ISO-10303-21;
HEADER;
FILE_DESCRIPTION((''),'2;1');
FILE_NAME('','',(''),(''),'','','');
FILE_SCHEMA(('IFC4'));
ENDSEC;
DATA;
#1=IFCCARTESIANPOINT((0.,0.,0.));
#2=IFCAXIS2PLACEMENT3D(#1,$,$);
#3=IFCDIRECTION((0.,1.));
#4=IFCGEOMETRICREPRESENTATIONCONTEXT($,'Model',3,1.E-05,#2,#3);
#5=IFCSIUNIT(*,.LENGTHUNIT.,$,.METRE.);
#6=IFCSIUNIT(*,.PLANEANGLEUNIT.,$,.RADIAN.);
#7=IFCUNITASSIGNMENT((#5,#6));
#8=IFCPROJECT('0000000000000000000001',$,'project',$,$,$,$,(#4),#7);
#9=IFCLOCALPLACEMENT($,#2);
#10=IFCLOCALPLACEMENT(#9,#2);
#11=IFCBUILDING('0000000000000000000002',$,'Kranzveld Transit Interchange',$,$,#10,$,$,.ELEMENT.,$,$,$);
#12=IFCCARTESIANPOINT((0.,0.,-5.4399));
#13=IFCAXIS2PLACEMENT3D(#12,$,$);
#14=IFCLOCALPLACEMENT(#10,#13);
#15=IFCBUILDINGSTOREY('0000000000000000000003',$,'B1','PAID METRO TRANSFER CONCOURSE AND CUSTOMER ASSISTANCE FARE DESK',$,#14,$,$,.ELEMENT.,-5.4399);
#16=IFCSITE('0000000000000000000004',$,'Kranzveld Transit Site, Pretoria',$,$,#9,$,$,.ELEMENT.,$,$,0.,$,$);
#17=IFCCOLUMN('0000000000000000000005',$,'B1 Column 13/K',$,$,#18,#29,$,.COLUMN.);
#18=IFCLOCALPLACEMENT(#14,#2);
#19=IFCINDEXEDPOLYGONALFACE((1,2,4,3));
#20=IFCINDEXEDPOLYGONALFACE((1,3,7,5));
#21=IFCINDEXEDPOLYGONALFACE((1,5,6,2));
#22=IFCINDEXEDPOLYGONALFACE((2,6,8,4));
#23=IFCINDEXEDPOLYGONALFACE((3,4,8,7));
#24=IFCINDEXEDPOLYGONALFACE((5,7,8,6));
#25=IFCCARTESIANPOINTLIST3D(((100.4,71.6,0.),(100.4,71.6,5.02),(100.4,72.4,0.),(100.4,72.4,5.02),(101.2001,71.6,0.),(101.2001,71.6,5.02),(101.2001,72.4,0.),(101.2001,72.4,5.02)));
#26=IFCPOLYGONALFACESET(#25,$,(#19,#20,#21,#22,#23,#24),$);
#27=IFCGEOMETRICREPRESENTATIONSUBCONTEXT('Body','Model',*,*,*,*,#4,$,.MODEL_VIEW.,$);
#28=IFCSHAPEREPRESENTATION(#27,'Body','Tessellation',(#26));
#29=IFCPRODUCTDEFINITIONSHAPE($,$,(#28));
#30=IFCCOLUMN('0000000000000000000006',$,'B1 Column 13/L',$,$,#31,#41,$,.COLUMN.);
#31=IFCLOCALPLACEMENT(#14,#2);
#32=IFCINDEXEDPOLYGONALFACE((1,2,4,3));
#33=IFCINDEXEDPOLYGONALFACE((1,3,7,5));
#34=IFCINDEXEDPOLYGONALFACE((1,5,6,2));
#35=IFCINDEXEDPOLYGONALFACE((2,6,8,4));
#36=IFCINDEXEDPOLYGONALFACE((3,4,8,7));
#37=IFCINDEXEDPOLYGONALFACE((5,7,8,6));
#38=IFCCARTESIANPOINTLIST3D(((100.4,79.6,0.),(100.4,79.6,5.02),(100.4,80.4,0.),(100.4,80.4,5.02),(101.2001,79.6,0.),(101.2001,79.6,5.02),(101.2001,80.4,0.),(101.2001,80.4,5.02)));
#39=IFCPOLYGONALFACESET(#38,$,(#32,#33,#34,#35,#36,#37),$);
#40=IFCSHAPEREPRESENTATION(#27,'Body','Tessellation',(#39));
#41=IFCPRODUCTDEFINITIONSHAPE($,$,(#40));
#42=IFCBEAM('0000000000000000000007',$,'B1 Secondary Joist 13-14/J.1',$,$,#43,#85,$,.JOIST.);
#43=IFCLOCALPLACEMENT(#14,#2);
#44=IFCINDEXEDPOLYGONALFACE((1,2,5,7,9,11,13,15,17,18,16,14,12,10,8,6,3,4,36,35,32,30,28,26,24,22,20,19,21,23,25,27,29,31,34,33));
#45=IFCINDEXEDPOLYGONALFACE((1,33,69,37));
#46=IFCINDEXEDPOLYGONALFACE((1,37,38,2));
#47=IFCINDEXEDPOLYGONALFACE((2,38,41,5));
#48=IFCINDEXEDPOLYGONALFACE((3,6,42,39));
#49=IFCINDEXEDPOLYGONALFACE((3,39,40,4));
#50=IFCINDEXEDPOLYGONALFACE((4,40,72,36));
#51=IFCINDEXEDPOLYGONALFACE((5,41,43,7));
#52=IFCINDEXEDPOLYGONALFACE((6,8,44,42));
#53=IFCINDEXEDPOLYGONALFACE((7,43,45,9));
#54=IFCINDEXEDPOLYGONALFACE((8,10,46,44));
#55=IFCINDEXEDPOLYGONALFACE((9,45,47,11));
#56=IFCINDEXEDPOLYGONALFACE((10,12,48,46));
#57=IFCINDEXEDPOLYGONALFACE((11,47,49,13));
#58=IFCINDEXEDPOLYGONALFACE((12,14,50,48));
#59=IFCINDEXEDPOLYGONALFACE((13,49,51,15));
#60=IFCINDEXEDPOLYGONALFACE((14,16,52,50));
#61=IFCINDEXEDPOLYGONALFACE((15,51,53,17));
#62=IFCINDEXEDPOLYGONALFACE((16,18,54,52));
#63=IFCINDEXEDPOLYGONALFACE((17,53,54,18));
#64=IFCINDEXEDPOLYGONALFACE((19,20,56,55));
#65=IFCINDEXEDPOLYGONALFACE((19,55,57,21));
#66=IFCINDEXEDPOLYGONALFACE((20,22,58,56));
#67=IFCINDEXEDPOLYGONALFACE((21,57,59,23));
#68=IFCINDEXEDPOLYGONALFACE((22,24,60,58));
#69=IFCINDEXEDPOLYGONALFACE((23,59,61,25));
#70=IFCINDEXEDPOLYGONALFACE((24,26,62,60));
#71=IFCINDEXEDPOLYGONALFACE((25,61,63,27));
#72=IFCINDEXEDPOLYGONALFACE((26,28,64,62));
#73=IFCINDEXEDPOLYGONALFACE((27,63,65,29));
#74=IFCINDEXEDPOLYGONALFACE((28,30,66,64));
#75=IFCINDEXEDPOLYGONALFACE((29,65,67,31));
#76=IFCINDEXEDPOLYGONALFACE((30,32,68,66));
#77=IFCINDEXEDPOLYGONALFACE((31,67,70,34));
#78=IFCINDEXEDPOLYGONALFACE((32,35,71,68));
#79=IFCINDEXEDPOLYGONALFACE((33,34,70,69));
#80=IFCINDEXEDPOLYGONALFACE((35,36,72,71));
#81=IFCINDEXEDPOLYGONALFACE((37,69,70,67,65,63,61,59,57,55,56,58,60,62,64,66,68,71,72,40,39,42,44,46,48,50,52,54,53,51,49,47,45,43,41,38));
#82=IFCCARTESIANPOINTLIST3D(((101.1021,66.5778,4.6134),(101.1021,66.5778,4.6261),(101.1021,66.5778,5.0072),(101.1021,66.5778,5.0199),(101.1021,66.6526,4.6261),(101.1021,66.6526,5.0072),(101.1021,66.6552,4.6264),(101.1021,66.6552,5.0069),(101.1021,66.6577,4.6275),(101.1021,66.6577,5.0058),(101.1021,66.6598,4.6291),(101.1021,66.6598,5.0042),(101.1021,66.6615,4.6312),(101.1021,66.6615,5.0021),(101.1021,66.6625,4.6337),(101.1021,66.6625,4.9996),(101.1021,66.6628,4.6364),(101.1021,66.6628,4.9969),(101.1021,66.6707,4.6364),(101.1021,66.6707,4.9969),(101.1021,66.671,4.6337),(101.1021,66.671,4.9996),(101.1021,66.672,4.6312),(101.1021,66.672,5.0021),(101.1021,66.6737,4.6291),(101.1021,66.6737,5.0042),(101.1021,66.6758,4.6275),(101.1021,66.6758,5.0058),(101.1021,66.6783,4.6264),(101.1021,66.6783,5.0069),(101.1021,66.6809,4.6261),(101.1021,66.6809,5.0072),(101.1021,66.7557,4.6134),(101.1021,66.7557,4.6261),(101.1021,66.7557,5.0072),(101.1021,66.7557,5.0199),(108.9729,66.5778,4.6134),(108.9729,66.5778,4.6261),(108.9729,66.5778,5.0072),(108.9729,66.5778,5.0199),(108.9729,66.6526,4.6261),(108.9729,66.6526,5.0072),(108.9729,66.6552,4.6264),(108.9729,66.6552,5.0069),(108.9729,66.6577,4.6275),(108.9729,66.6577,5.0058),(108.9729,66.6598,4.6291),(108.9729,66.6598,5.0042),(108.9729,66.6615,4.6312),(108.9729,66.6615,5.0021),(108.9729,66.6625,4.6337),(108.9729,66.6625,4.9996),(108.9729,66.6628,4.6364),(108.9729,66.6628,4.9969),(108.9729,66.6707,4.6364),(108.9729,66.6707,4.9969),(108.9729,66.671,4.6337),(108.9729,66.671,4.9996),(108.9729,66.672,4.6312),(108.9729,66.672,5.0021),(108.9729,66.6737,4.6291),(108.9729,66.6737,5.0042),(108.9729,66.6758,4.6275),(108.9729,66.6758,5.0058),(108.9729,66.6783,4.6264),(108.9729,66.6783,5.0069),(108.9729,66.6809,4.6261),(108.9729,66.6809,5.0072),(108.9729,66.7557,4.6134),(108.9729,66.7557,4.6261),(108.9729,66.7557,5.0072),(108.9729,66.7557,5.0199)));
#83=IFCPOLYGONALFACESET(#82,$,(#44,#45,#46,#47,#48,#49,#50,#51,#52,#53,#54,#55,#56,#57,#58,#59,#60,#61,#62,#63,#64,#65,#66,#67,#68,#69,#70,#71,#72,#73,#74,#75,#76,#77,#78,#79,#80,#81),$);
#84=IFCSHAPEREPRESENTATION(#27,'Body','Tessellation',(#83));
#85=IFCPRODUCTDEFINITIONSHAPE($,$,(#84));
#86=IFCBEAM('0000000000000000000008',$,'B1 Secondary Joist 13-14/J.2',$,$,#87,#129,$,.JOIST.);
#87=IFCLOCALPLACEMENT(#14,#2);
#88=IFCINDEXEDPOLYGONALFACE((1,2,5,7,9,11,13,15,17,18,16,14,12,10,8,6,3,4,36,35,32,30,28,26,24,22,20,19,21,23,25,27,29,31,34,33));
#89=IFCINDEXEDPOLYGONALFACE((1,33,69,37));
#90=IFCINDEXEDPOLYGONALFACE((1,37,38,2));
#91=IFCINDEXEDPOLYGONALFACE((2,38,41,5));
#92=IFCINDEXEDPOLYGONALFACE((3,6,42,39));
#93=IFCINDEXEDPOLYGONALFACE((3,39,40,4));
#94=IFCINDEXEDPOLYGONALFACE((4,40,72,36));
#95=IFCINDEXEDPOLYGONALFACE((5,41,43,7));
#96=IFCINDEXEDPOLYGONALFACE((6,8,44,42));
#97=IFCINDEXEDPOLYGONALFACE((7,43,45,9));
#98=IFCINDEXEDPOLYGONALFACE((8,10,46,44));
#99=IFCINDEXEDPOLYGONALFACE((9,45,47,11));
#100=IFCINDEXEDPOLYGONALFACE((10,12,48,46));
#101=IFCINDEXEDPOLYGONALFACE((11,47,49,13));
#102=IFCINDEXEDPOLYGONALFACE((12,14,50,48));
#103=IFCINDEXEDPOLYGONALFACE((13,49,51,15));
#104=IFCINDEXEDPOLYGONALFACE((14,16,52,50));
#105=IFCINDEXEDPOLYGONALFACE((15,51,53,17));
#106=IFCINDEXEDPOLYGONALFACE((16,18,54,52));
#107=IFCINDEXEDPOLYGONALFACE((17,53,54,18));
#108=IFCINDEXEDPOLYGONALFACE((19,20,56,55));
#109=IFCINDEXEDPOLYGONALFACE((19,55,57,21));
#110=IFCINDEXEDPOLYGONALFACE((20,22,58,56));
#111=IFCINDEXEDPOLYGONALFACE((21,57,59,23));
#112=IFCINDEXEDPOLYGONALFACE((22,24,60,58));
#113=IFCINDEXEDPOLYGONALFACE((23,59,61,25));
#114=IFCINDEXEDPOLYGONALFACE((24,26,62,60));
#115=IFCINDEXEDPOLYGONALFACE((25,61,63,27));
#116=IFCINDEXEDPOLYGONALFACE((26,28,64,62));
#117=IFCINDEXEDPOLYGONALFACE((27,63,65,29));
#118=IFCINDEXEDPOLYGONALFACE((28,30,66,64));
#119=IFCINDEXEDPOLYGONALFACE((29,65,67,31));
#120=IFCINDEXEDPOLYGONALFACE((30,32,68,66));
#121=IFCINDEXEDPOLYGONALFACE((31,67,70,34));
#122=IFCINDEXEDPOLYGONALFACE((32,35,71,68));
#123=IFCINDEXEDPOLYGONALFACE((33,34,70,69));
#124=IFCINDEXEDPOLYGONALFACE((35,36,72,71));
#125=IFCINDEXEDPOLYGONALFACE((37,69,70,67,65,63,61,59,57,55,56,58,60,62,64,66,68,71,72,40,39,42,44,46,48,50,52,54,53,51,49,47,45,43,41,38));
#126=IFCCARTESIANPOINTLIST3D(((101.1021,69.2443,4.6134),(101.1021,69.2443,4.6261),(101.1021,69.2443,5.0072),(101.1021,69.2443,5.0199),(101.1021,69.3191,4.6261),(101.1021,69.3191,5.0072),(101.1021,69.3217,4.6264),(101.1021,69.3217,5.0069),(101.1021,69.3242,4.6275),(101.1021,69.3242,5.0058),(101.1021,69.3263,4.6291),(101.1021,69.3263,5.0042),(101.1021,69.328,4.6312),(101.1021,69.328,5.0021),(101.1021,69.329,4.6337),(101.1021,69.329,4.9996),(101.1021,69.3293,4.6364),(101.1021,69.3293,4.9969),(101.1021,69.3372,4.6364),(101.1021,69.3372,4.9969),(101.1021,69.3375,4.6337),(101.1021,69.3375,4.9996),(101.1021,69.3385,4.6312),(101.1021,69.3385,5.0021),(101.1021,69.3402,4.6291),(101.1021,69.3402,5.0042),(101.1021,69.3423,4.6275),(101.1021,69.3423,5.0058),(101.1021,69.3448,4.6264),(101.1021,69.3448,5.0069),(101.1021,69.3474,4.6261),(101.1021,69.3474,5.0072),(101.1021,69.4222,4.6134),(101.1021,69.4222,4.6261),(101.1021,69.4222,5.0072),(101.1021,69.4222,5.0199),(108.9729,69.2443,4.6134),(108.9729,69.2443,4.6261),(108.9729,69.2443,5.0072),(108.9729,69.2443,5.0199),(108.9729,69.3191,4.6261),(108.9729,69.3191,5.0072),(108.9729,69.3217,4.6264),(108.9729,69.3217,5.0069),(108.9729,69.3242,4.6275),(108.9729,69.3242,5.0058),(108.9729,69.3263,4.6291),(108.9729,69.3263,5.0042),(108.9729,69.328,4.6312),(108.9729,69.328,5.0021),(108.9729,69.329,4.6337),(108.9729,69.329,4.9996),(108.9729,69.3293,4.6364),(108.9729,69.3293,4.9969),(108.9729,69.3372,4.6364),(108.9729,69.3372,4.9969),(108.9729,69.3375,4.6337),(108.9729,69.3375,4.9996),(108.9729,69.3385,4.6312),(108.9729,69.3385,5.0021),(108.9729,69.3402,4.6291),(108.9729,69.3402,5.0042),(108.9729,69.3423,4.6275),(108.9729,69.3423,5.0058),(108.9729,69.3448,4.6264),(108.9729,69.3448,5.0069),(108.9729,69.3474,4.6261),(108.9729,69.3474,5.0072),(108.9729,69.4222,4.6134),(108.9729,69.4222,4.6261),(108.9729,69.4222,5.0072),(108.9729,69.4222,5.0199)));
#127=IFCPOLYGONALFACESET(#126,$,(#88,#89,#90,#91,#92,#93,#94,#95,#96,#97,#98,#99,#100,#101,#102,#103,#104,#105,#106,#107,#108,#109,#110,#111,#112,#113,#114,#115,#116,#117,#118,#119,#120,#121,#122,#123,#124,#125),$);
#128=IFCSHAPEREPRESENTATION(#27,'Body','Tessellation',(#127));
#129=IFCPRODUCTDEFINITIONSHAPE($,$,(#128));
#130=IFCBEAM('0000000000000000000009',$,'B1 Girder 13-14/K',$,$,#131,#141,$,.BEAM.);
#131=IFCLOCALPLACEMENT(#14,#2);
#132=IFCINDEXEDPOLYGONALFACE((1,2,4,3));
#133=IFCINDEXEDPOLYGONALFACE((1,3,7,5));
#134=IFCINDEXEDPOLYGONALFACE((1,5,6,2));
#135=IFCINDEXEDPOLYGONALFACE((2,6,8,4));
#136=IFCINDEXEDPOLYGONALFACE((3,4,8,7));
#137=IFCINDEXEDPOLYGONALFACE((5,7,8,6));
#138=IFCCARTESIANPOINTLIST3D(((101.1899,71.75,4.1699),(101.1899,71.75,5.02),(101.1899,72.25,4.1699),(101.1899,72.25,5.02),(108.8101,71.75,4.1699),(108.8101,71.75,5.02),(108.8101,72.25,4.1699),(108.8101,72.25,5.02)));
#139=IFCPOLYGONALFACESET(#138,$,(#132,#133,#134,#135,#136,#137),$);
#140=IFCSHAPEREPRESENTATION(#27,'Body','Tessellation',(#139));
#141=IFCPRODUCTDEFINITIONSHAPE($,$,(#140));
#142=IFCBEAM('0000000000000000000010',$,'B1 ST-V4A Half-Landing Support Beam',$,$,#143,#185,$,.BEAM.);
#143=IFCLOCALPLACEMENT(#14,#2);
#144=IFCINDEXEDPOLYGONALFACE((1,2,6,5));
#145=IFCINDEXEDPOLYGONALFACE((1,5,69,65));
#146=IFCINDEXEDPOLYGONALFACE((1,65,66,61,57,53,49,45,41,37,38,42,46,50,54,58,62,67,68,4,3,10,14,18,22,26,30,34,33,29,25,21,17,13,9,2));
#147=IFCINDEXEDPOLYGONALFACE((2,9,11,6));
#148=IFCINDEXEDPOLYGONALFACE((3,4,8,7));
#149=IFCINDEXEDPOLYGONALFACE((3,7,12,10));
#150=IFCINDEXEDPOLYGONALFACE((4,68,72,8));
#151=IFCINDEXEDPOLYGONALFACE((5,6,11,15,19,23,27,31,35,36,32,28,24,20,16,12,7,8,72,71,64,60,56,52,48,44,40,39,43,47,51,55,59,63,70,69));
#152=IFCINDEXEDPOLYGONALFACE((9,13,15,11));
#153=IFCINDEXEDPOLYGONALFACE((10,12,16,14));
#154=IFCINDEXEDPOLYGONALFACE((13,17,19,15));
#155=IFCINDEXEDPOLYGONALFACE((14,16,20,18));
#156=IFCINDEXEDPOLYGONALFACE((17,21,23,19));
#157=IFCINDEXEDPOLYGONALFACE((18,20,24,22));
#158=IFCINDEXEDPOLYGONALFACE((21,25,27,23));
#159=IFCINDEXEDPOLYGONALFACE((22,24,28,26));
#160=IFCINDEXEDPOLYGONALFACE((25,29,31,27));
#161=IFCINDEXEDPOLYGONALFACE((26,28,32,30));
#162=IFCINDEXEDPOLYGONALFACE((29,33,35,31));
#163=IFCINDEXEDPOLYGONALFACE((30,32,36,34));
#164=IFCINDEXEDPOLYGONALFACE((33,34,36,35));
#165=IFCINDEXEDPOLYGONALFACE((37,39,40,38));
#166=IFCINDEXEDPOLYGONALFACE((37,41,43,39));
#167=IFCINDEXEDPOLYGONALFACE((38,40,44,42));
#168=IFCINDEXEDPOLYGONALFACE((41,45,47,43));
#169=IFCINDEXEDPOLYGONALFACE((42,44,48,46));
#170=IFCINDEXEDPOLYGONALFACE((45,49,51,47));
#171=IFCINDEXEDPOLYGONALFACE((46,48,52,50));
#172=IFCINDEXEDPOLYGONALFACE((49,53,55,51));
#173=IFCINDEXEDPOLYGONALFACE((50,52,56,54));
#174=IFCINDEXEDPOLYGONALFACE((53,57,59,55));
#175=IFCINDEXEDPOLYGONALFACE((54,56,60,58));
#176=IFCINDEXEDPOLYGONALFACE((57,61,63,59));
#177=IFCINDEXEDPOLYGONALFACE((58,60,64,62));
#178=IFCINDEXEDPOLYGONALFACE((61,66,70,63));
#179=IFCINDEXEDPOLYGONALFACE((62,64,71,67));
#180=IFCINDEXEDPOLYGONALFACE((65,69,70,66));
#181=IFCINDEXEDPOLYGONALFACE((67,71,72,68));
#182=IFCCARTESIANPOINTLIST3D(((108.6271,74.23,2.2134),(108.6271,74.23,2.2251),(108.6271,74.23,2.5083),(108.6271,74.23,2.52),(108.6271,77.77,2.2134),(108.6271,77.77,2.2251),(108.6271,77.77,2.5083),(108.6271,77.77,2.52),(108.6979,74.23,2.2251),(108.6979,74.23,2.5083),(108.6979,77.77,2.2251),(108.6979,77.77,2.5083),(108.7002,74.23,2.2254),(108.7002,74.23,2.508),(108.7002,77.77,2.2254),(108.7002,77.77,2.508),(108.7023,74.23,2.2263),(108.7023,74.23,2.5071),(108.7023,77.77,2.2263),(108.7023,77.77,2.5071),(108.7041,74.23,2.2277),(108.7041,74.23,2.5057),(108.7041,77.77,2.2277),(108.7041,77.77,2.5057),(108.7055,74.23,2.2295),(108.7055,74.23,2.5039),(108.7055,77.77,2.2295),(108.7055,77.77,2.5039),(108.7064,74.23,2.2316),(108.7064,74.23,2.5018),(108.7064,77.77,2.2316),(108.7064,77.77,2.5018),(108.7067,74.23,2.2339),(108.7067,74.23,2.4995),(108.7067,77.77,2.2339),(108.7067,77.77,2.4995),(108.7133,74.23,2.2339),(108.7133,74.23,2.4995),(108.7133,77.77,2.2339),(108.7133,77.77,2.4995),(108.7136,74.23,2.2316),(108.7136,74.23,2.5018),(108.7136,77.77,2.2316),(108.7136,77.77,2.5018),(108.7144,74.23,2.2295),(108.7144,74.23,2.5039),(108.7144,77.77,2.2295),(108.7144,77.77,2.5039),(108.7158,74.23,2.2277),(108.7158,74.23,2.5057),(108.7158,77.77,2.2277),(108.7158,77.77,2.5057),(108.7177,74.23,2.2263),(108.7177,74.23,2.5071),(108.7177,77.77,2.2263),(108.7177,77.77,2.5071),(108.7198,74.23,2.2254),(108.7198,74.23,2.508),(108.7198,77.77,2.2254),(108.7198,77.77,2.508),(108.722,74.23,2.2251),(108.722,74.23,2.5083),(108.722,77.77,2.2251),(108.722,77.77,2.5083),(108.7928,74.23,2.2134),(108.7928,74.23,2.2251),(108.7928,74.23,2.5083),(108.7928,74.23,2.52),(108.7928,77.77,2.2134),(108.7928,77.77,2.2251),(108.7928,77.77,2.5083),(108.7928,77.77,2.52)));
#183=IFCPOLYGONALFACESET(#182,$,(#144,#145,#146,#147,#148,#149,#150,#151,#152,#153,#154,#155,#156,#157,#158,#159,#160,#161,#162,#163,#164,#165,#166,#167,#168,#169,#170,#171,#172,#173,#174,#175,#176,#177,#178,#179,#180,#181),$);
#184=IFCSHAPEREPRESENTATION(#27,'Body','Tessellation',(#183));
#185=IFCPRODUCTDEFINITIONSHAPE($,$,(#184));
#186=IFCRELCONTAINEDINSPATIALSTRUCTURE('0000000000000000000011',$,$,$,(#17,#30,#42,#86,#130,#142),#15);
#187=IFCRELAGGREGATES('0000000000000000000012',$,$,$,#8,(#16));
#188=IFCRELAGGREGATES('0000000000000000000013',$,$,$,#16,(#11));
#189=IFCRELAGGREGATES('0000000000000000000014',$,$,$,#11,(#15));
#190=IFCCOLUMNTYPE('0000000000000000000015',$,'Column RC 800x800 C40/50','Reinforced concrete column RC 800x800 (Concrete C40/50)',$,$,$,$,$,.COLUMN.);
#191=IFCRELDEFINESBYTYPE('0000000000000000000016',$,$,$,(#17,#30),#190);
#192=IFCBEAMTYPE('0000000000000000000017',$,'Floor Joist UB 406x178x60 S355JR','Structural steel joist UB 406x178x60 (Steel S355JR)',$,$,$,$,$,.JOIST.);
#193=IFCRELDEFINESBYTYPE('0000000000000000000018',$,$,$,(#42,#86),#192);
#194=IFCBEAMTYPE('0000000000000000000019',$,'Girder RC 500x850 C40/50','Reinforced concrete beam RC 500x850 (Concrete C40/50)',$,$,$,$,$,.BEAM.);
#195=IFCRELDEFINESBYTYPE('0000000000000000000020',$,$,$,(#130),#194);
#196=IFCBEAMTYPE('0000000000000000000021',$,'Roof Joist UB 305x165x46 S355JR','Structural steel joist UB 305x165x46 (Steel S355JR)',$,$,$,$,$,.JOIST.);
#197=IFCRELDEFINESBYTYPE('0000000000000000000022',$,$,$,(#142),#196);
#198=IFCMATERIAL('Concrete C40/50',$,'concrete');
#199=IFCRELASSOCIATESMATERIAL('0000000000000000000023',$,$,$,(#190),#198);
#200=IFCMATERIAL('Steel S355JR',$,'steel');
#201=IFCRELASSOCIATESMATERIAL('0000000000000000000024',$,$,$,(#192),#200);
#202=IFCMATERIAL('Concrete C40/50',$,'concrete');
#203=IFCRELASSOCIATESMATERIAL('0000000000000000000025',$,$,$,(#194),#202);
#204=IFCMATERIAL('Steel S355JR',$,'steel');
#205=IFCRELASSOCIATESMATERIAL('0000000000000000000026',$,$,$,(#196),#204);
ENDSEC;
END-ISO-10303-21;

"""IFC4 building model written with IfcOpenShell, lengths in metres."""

from ifc_helpers import new_model, si_unit, direction, frame, origin, origin_2d, place, context, subcontext, project, spatial, rectangle, i_section, extrude, material, material_profile, profile_set, type_object, element, save


model = new_model("IFC4")

# Units and contexts
model_context = context("Model", 3, precision=1e-05, world=origin(), true_north=direction((0.0, 1.0)))
body_context = subcontext(model_context, "Body", "Model", "MODEL_VIEW")
ifc_project = project(units=[si_unit("LENGTHUNIT", "METRE"), si_unit("PLANEANGLEUNIT", "RADIAN")], contexts=[model_context])

# Site, building, storey
site_placement = place(None, origin())
site = spatial("IfcSite", under=ifc_project, at=site_placement, Name="Kranzveld Transit Site, Pretoria", CompositionType="ELEMENT", RefElevation=0.0)
building_placement = place(site_placement, origin())
building = spatial("IfcBuilding", under=site, at=building_placement, Name="Kranzveld Transit Interchange", CompositionType="ELEMENT")
storey_placement = place(building_placement, frame((0.0, 0.0, -5.4399)))
storey = spatial("IfcBuildingStorey", under=building, at=storey_placement, Name="B1", Description="PAID METRO TRANSFER CONCOURSE AND CUSTOMER ASSISTANCE FARE DESK", CompositionType="ELEMENT", Elevation=-5.4399)

# Columns
ifc_material_1 = material(Name="Concrete C40/50", Category="concrete")
ifc_material_profile_1 = material_profile(ifc_material_1, rectangle(XDim=0.8, YDim=0.8, at=origin_2d()), Name="RC 800x800")
ifc_profile_set_1 = profile_set([ifc_material_profile_1], Name="Concrete C40/50")
column_type = type_object("IfcColumnType", Name="Column RC 800x800 C40/50", Description="Reinforced concrete column RC 800x800 (Concrete C40/50)", PredefinedType="COLUMN", material=ifc_profile_set_1)
for number, where, z_axis, x_axis, name in (
    (1, (100.8, 72.0, 0.0), (0.0, 0.0, 1.0), (1.0, 0.0, 0.0), "B1 Column 13/K"),
    (2, (100.8, 80.0, 0.0), (0.0, 0.0, 1.0), (1.0, 0.0, 0.0), "B1 Column 13/L"),
):
    element("IfcColumn", number, at=place(storey_placement, frame(where, z_axis=z_axis, x_axis=x_axis)), inside=storey, type_object=column_type, Name=name, PredefinedType="COLUMN", context=body_context, shape_type="SweptSolid", body=[
        extrude(rectangle(XDim=0.8, YDim=0.8, at=origin_2d()), origin(), (0.0, 0.0, 1.0), 5.02),
    ])

# Beams
ifc_material_2 = material(Name="Steel S355JR", Category="steel")
ifc_material_profile_2 = material_profile(ifc_material_2, i_section(OverallWidth=0.178, OverallDepth=0.4065, WebThickness=0.0078, FlangeThickness=0.0127, FilletRadius=0.0103, at=origin_2d()), Name="UB 406x178x60")
ifc_profile_set_2 = profile_set([ifc_material_profile_2], Name="Steel S355JR")
beam_type_1 = type_object("IfcBeamType", Name="Floor Joist UB 406x178x60 S355JR", Description="Structural steel joist UB 406x178x60 (Steel S355JR)", PredefinedType="JOIST", material=ifc_profile_set_2)
for number, where, z_axis, x_axis, name in (
    (3, (101.1021, 66.6667, 4.8167), (1.0, 0.0, 0.0), (0.0, 1.0, 0.0), "B1 Secondary Joist 13-14/J.1"),
    (4, (101.1021, 69.3333, 4.8167), (1.0, 0.0, 0.0), (0.0, 1.0, 0.0), "B1 Secondary Joist 13-14/J.2"),
):
    element("IfcBeam", number, at=place(storey_placement, frame(where, z_axis=z_axis, x_axis=x_axis)), inside=storey, type_object=beam_type_1, Name=name, PredefinedType="JOIST", context=body_context, shape_type="SweptSolid", body=[
        extrude(i_section(OverallWidth=0.178, OverallDepth=0.4065, WebThickness=0.0078, FlangeThickness=0.0127, FilletRadius=0.0103, at=origin_2d()), origin(), (0.0, 0.0, 1.0), 7.8708),
    ])
ifc_material_3 = material(Name="Concrete C40/50", Category="concrete")
ifc_material_profile_3 = material_profile(ifc_material_3, rectangle(XDim=0.5, YDim=0.8501, at=origin_2d()), Name="RC 500x850")
ifc_profile_set_3 = profile_set([ifc_material_profile_3], Name="Concrete C40/50")
beam_type_2 = type_object("IfcBeamType", Name="Girder RC 500x850 C40/50", Description="Reinforced concrete beam RC 500x850 (Concrete C40/50)", PredefinedType="BEAM", material=ifc_profile_set_3)
beam_1_placement = place(storey_placement, frame((101.1899, 72.0, 4.595), z_axis=(1.0, 0.0, 0.0), x_axis=(0.0, 1.0, 0.0)))
element("IfcBeam", 5, at=beam_1_placement, inside=storey, type_object=beam_type_2, Name="B1 Girder 13-14/K", PredefinedType="BEAM", context=body_context, shape_type="SweptSolid", body=[
    extrude(rectangle(XDim=0.5, YDim=0.8501, at=origin_2d()), origin(), (0.0, 0.0, 1.0), 7.6201),
])
ifc_material_4 = material(Name="Steel S355JR", Category="steel")
ifc_material_profile_4 = material_profile(ifc_material_4, i_section(OverallWidth=0.1658, OverallDepth=0.3066, WebThickness=0.0066, FlangeThickness=0.0117, FilletRadius=0.0088, at=origin_2d()), Name="UB 305x165x46")
ifc_profile_set_4 = profile_set([ifc_material_profile_4], Name="Steel S355JR")
beam_type_3 = type_object("IfcBeamType", Name="Roof Joist UB 305x165x46 S355JR", Description="Structural steel joist UB 305x165x46 (Steel S355JR)", PredefinedType="JOIST", material=ifc_profile_set_4)
beam_2_placement = place(storey_placement, frame((108.71, 74.23, 2.3667), z_axis=(0.0, 1.0, 0.0), x_axis=(-1.0, 0.0, 0.0)))
element("IfcBeam", 6, at=beam_2_placement, inside=storey, type_object=beam_type_3, Name="B1 ST-V4A Half-Landing Support Beam", PredefinedType="BEAM", context=body_context, shape_type="SweptSolid", body=[
    extrude(i_section(OverallWidth=0.1658, OverallDepth=0.3066, WebThickness=0.0066, FlangeThickness=0.0117, FilletRadius=0.0088, at=origin_2d()), origin(), (0.0, 0.0, 1.0), 3.54),
])

save(model, "model.ifc")
